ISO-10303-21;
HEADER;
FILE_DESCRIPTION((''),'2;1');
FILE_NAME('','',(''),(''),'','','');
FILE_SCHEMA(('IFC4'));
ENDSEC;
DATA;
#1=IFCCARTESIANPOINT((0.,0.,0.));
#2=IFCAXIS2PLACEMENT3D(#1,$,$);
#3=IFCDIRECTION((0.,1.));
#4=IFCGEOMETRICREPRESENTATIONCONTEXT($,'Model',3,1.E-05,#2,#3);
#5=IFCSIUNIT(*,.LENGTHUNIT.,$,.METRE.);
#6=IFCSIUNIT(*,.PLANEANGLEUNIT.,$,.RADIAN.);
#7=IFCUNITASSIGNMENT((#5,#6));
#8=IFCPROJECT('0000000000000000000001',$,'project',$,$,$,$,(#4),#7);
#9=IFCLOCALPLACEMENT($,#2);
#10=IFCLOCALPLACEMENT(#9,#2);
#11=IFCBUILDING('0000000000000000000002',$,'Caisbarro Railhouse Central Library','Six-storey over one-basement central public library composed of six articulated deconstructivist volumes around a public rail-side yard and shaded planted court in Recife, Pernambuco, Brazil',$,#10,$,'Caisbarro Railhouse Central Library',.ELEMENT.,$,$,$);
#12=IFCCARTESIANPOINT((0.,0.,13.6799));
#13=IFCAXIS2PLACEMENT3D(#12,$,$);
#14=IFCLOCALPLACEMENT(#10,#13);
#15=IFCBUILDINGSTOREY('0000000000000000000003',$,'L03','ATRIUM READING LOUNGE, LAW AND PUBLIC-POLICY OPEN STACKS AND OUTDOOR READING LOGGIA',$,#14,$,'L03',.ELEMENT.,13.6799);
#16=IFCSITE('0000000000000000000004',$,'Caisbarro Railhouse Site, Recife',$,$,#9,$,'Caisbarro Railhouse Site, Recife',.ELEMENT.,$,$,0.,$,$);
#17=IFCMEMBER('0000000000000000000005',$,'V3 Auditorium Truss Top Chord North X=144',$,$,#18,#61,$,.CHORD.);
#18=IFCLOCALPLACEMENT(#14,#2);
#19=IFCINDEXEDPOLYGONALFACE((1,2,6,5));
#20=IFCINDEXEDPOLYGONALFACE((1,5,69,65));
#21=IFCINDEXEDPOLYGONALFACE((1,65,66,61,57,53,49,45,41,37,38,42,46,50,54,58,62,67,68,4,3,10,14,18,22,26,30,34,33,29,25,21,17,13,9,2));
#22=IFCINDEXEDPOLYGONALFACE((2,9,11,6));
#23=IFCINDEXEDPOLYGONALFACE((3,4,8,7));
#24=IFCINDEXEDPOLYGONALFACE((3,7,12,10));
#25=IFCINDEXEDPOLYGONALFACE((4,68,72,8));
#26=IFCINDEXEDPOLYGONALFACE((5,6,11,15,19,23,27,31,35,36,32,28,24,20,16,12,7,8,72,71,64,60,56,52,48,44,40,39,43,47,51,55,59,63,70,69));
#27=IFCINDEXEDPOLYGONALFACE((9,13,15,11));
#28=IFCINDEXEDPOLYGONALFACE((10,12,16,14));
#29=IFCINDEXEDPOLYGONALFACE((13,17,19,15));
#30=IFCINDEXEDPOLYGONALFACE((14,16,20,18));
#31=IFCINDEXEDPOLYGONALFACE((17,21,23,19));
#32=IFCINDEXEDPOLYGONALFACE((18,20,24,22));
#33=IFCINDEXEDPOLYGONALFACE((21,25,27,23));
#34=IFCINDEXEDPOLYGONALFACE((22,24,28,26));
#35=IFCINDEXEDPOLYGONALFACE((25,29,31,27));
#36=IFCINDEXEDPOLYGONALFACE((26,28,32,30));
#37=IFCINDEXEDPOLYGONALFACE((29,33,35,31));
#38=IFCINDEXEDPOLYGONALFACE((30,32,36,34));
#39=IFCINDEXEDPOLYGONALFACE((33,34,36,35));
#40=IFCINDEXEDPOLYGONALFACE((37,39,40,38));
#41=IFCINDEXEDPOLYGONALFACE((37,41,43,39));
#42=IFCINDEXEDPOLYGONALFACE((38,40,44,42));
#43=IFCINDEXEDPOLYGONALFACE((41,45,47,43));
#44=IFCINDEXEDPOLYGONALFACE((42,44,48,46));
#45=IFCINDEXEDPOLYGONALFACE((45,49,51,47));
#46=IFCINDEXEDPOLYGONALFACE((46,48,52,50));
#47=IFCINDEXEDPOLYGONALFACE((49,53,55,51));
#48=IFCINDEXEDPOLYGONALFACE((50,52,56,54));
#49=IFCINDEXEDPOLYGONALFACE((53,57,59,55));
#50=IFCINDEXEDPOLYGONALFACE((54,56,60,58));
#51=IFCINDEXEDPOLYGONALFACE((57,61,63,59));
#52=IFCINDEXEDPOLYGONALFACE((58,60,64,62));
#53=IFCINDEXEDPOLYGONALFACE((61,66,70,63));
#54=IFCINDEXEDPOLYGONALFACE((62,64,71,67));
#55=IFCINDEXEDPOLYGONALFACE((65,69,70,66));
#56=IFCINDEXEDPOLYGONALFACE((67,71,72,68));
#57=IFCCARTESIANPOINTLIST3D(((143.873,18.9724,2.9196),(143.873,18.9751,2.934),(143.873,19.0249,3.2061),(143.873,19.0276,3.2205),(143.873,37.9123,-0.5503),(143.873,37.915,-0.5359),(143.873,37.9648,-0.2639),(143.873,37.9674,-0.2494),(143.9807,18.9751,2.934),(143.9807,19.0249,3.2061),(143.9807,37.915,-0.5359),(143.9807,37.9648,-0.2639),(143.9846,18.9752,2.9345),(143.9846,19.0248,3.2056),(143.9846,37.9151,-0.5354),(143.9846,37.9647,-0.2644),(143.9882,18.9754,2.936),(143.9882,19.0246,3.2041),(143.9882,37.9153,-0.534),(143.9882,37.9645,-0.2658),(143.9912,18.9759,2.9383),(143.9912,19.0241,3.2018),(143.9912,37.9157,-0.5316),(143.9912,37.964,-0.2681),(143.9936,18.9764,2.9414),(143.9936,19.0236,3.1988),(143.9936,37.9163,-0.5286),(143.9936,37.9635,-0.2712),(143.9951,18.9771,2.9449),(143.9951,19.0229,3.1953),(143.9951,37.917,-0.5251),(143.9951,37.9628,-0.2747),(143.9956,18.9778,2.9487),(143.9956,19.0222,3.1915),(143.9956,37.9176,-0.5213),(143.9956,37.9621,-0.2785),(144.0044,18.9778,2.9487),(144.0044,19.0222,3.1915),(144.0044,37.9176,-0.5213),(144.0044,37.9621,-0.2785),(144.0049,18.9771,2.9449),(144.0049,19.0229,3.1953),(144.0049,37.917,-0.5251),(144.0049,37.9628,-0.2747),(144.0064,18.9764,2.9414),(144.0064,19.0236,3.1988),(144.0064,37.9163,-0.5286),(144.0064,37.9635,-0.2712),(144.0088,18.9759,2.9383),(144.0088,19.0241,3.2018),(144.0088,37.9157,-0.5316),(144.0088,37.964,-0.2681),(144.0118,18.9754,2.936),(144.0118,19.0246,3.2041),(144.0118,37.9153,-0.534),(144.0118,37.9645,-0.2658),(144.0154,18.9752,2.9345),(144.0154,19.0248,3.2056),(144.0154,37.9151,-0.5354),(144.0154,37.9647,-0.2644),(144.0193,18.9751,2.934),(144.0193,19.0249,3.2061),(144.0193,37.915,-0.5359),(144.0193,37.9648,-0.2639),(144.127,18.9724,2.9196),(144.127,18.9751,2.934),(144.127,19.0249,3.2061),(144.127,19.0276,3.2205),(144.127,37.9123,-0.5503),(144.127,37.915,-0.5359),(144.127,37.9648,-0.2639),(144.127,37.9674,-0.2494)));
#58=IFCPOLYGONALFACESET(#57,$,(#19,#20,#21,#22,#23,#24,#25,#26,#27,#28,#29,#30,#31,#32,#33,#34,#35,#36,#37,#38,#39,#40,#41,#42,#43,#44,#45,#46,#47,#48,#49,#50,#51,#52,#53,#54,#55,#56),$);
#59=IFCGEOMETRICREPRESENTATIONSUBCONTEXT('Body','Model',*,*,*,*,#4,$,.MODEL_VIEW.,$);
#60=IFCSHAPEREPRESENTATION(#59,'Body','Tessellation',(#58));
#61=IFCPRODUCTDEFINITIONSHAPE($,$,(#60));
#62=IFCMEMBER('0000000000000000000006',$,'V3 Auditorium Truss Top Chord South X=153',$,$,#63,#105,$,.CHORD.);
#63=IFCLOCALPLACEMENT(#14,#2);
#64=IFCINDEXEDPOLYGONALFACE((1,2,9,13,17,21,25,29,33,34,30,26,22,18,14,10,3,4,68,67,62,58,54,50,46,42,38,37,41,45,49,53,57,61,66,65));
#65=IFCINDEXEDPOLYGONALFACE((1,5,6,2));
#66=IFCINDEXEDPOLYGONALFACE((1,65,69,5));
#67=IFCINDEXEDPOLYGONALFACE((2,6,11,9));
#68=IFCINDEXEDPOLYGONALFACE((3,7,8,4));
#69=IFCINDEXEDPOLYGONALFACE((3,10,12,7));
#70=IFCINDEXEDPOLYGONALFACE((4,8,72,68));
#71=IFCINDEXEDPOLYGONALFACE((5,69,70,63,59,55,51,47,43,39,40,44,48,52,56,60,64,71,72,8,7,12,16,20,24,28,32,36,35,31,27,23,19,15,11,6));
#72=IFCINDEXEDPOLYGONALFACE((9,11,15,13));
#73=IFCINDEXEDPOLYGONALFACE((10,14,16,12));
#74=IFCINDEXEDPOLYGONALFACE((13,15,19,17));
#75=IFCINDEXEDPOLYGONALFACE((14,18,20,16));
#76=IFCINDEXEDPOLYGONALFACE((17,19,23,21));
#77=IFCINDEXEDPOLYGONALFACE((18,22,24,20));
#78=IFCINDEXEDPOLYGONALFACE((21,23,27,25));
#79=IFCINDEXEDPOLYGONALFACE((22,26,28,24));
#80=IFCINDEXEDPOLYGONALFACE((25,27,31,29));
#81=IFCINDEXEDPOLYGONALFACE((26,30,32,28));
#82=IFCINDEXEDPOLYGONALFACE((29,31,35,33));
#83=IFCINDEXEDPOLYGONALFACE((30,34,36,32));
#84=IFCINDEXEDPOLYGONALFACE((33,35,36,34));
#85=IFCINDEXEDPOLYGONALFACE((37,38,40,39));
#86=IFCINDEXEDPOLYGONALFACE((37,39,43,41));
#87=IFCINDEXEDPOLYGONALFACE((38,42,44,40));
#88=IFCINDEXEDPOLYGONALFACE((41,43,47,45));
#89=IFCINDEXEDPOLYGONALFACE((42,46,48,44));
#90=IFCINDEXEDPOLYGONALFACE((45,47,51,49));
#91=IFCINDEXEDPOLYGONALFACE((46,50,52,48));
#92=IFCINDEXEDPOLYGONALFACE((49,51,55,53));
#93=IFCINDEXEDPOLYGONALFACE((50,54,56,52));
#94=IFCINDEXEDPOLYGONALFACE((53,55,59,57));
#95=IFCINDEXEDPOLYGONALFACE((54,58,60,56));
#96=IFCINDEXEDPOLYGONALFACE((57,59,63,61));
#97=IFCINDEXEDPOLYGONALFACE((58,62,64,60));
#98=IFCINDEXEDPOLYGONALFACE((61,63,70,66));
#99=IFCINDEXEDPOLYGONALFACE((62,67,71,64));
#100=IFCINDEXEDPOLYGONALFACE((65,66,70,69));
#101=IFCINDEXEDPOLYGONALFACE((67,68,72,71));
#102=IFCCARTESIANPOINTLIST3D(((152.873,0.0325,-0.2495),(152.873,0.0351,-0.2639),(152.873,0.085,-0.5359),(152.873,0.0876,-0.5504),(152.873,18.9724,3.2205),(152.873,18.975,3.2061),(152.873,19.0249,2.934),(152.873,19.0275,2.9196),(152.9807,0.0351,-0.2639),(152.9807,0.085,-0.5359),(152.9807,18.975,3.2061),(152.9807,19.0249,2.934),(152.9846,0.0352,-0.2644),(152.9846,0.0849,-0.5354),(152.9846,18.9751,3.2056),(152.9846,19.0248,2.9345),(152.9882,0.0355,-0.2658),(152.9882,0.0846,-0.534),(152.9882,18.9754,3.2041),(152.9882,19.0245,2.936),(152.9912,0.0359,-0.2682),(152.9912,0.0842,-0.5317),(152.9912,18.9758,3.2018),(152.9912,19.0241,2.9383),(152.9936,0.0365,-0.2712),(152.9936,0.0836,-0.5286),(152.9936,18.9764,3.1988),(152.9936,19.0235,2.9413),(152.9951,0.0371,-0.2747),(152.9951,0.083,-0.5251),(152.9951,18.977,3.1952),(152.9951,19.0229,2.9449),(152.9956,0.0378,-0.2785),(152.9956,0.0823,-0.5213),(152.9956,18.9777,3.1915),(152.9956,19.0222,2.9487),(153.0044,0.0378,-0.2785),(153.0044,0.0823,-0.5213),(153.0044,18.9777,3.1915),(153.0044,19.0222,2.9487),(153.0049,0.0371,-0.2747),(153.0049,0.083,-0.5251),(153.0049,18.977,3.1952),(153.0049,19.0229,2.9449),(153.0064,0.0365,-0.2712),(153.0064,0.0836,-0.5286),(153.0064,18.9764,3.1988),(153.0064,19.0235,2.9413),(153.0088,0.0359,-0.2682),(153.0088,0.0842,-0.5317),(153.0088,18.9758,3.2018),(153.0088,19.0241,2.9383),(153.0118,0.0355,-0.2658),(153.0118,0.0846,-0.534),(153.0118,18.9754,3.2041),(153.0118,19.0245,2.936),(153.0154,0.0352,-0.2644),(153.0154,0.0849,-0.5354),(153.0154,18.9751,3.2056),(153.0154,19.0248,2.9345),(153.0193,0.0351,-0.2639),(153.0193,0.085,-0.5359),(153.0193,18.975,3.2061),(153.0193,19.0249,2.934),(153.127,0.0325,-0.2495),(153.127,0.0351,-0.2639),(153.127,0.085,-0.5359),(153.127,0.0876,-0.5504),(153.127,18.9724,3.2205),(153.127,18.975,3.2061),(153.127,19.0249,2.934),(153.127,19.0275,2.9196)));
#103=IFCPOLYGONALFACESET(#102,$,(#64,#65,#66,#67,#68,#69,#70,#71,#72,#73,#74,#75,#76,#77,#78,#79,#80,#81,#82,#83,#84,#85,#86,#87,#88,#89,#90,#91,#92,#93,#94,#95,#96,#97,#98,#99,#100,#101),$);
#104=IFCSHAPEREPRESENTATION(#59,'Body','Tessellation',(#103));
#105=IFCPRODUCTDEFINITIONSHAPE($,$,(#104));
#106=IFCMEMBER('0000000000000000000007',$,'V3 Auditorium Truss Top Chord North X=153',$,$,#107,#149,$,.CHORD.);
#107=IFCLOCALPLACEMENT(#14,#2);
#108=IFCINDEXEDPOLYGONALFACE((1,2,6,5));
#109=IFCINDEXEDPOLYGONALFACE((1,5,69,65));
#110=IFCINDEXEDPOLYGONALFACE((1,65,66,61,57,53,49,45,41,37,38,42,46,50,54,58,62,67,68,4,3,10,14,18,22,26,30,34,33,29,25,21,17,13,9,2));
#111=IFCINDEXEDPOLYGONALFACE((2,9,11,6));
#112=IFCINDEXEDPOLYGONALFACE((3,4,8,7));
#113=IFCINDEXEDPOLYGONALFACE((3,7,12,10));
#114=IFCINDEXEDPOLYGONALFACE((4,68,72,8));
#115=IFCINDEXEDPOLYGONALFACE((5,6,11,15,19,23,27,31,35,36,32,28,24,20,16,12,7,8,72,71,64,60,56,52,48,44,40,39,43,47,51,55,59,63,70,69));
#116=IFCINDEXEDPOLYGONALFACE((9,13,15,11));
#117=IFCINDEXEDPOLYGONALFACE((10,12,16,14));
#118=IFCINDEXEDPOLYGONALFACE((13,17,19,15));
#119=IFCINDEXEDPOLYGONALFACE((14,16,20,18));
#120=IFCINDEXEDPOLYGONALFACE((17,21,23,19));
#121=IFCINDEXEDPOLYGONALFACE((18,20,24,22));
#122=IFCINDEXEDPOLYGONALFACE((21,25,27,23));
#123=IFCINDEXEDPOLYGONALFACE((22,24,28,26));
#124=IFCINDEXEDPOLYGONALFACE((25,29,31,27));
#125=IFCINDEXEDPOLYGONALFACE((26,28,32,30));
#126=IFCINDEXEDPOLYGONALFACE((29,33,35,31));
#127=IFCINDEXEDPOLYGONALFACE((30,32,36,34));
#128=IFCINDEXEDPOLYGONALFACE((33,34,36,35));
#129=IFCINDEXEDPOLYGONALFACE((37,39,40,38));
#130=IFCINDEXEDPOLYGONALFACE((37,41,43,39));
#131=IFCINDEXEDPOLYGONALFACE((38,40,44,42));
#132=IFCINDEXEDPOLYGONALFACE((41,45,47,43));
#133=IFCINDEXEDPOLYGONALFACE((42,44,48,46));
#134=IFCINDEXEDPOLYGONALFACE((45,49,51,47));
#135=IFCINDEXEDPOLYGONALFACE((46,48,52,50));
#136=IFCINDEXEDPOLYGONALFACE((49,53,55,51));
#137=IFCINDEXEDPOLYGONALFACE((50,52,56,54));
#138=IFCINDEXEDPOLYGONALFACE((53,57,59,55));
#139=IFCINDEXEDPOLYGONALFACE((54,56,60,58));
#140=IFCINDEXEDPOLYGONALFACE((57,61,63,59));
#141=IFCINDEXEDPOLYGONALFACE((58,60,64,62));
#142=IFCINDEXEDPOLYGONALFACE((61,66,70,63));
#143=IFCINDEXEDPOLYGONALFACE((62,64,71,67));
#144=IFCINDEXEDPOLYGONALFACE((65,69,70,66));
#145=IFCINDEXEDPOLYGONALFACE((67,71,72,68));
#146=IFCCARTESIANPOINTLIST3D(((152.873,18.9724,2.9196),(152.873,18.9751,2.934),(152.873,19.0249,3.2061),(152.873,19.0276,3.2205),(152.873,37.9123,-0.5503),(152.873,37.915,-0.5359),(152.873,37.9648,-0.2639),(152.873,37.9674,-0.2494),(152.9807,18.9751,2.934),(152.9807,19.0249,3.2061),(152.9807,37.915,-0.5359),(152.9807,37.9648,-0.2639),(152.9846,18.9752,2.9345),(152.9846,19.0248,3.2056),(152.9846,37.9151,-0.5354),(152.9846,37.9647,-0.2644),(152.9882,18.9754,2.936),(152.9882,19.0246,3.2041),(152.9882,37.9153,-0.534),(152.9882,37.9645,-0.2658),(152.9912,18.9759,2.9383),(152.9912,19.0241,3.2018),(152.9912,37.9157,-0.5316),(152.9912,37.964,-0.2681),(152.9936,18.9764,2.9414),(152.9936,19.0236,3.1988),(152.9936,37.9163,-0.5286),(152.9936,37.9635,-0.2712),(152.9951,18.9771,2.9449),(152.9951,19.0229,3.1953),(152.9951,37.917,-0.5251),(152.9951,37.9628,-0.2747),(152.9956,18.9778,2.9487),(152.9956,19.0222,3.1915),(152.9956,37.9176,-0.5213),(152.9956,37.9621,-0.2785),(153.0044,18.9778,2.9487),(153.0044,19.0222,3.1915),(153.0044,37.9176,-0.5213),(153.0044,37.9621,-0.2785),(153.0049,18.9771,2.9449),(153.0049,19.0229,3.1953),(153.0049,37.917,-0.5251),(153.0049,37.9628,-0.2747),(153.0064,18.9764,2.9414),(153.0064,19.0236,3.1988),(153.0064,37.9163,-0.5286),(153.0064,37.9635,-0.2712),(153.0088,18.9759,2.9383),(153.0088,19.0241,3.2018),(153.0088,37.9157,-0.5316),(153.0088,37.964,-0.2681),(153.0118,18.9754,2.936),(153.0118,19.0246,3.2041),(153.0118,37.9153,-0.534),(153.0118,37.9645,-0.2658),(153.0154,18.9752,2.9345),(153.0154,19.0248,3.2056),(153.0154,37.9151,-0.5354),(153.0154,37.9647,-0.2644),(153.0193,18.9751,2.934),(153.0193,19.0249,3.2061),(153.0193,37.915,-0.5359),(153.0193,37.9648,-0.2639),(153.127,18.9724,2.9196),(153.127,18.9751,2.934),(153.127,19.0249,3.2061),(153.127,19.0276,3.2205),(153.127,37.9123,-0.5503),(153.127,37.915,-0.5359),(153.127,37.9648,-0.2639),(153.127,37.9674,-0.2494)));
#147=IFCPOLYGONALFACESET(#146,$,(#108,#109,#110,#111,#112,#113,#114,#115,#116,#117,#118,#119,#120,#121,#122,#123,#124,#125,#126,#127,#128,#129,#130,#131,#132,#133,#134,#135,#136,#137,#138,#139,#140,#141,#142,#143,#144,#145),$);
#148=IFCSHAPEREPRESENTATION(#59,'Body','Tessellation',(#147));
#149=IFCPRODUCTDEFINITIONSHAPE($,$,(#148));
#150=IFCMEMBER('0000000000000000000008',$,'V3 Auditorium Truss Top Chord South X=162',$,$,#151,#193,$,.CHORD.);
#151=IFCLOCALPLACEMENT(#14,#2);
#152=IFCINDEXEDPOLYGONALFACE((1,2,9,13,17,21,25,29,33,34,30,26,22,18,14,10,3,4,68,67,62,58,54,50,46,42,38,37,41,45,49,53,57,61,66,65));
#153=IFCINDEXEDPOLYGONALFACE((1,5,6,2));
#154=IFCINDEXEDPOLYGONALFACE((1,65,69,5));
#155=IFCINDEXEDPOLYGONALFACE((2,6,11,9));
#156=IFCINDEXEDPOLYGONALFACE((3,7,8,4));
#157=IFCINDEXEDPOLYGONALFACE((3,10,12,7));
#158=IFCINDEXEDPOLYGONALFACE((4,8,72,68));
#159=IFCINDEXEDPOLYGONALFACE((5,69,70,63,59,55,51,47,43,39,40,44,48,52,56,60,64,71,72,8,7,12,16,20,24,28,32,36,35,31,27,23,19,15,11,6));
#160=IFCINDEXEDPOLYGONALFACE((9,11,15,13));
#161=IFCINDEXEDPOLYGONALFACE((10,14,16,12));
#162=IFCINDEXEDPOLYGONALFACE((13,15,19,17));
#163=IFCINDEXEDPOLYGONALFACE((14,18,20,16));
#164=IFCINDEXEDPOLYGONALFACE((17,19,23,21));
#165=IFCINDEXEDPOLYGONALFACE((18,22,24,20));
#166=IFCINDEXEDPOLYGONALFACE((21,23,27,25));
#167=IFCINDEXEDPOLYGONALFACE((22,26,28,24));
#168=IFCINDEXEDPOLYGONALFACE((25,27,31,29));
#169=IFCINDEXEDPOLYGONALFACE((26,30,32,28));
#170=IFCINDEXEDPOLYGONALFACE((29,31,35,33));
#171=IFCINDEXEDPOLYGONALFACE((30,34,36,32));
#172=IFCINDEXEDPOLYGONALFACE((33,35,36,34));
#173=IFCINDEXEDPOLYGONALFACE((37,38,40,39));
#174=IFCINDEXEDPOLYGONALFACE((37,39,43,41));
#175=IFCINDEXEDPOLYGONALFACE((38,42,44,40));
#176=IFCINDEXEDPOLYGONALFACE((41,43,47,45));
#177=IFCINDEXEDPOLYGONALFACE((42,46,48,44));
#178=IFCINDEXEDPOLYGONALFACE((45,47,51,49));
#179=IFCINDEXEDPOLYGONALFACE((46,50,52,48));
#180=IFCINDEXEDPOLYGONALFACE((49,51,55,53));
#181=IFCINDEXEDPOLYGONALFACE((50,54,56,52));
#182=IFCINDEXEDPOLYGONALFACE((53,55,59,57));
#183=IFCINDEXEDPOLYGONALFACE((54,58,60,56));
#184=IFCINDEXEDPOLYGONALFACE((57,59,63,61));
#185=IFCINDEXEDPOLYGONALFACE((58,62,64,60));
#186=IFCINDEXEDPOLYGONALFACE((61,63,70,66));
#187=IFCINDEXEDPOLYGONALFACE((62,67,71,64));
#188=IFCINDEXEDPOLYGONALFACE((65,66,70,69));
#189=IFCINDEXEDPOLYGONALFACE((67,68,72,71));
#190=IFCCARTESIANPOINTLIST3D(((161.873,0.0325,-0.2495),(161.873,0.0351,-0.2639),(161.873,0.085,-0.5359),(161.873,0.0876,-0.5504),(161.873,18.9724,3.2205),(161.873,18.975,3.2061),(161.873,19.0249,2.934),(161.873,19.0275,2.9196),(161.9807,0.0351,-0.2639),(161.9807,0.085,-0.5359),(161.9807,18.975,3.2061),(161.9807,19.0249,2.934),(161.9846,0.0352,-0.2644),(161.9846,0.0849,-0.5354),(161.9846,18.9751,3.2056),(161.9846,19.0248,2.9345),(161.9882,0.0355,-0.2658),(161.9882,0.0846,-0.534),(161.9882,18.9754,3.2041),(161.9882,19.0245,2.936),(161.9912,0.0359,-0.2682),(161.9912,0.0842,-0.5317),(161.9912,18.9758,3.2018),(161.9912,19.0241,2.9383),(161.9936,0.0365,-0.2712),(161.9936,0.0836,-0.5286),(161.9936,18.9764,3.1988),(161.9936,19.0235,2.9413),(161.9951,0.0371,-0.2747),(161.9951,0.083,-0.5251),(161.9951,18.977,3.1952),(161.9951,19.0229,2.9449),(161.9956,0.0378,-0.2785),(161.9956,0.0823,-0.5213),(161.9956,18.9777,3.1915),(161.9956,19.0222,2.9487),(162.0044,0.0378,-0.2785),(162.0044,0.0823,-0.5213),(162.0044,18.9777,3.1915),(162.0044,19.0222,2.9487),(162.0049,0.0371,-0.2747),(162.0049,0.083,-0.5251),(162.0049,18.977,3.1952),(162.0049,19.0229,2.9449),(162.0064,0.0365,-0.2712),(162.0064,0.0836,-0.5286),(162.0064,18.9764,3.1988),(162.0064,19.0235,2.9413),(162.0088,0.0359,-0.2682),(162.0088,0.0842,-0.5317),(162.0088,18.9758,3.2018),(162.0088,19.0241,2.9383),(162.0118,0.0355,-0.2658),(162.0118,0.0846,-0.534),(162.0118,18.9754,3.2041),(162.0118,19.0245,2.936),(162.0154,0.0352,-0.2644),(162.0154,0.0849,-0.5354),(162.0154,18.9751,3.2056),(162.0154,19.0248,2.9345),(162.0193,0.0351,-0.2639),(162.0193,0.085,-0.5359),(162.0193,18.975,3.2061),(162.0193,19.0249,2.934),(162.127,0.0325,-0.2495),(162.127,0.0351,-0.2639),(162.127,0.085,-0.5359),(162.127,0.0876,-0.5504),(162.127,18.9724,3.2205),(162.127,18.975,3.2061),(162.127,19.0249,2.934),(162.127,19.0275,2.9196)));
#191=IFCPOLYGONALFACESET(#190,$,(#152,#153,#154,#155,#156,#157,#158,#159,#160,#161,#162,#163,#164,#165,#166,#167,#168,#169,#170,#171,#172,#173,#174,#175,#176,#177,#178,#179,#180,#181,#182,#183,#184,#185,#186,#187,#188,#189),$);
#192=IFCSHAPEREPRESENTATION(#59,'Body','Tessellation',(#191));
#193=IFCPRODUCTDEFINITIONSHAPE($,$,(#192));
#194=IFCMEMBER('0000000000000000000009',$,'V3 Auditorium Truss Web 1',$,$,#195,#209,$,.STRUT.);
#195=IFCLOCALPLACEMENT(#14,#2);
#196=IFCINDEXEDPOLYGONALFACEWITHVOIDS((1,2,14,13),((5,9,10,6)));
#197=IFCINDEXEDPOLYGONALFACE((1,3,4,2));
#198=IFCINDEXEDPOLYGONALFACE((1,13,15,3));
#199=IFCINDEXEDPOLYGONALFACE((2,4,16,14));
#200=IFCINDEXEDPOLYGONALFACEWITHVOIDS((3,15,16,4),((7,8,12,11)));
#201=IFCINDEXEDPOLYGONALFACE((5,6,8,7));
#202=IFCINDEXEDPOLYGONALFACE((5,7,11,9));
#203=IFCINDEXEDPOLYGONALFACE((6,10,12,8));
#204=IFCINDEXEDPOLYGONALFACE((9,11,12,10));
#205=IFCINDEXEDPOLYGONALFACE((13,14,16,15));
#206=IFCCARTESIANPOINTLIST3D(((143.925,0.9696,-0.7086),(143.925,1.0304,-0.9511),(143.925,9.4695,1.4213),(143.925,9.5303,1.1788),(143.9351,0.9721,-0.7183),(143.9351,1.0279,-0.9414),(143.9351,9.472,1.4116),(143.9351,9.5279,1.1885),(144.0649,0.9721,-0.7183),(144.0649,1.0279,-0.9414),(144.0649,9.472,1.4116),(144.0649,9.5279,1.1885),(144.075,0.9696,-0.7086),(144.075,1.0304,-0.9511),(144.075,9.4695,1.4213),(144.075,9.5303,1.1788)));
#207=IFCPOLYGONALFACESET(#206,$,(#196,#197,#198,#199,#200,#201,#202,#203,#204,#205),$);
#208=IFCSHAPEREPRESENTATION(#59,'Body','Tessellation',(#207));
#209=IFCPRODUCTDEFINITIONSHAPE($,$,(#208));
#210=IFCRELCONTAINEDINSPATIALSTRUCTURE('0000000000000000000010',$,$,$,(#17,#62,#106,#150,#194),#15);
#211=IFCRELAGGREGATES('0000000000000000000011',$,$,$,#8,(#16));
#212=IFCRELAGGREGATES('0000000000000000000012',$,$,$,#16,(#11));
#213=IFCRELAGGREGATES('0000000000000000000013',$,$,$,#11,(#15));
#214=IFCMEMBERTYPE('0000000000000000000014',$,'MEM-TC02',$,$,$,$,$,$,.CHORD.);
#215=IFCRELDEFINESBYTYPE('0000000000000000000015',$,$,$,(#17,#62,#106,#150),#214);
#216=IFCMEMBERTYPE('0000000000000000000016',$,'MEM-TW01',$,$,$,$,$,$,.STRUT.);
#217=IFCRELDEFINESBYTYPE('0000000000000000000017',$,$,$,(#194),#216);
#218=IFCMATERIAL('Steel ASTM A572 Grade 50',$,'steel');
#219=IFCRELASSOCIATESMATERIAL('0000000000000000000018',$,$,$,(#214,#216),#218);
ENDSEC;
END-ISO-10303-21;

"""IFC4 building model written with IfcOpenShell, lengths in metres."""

from ifc_helpers import new_model, si_unit, direction, frame, origin, origin_2d, place, context, subcontext, project, spatial, hollow_rectangle, i_section, extrude, material, material_profile, profile_set, type_object, element, save


model = new_model("IFC4")

# Units and contexts
model_context = context("Model", 3, precision=1e-05, world=origin(), true_north=direction((0.0, 1.0)))
body_context = subcontext(model_context, "Body", "Model", "MODEL_VIEW")
ifc_project = project(units=[si_unit("LENGTHUNIT", "METRE"), si_unit("PLANEANGLEUNIT", "RADIAN")], contexts=[model_context])

# Site, building, storey
site_placement = place(None, origin())
site = spatial("IfcSite", under=ifc_project, at=site_placement, Name="Caisbarro Railhouse Site, Recife", LongName="Caisbarro Railhouse Site, Recife", CompositionType="ELEMENT", RefElevation=0.0)
building_placement = place(site_placement, origin())
building = spatial("IfcBuilding", under=site, at=building_placement, Name="Caisbarro Railhouse Central Library", Description="Six-storey over one-basement central public library composed of six articulated deconstructivist volumes around a public rail-side yard and shaded planted court in Recife, Pernambuco, Brazil", LongName="Caisbarro Railhouse Central Library", CompositionType="ELEMENT")
storey_placement = place(building_placement, frame((0.0, 0.0, 13.6799)))
storey = spatial("IfcBuildingStorey", under=building, at=storey_placement, Name="L03", Description="ATRIUM READING LOUNGE, LAW AND PUBLIC-POLICY OPEN STACKS AND OUTDOOR READING LOGGIA", LongName="L03", CompositionType="ELEMENT", Elevation=13.6799)

# Members
ifc_material_1 = material(Name="Steel ASTM A572 Grade 50", Category="steel")
ifc_material_profile_1 = material_profile(ifc_material_1, i_section(OverallWidth=0.2539, OverallDepth=0.3059, WebThickness=0.0088, FlangeThickness=0.0146, FilletRadius=0.0149, at=origin_2d()), Name="W310X79.0")
ifc_profile_set_1 = profile_set([ifc_material_profile_1], Name="Steel ASTM A572 Grade 50")
member_type_1 = type_object("IfcMemberType", Name="MEM-TC02", PredefinedType="CHORD", material=ifc_profile_set_1)
for number, where, z_axis, x_axis, name in (
    (1, (144.0, 19.0, 3.0701), (0.0, 0.983628, -0.18021), (-1.0, 0.0, 0.0), "V3 Auditorium Truss Top Chord North X=144"),
    (2, (153.0, 0.0601, -0.3999), (0.0, 0.983628, 0.18021), (-1.0, 0.0, 0.0), "V3 Auditorium Truss Top Chord South X=153"),
    (3, (153.0, 19.0, 3.0701), (0.0, 0.983628, -0.18021), (-1.0, 0.0, 0.0), "V3 Auditorium Truss Top Chord North X=153"),
    (4, (162.0, 0.0601, -0.3999), (0.0, 0.983628, 0.18021), (-1.0, 0.0, 0.0), "V3 Auditorium Truss Top Chord South X=162"),
):
    element("IfcMember", number, at=place(storey_placement, frame(where, z_axis=z_axis, x_axis=x_axis)), inside=storey, type_object=member_type_1, Name=name, PredefinedType="CHORD", context=body_context, shape_type="SweptSolid", body=[
        extrude(i_section(OverallWidth=0.2539, OverallDepth=0.3059, WebThickness=0.0088, FlangeThickness=0.0146, FilletRadius=0.0149, at=origin_2d()), origin(), (0.0, 0.0, 1.0), 19.2551),
    ])
ifc_material_profile_2 = material_profile(ifc_material_1, hollow_rectangle(XDim=0.1499, YDim=0.25, WallThickness=0.01, at=origin_2d()), Name="HSS250X150X10")
ifc_profile_set_2 = profile_set([ifc_material_profile_2], Name="Steel ASTM A572 Grade 50")
member_type_2 = type_object("IfcMemberType", Name="MEM-TW01", PredefinedType="STRUT", material=ifc_profile_set_2)
member_1_placement = place(storey_placement, frame((144.0, 1.0, -0.8298), z_axis=(0.0, 0.970011, 0.24306), x_axis=(-1.0, 0.0, 0.0)))
element("IfcMember", 5, at=member_1_placement, inside=storey, type_object=member_type_2, Name="V3 Auditorium Truss Web 1", PredefinedType="STRUT", context=body_context, shape_type="SweptSolid", body=[
    extrude(hollow_rectangle(XDim=0.1499, YDim=0.25, WallThickness=0.01, at=origin_2d()), origin(), (0.0, 0.0, 1.0), 8.7627),
])

save(model, "model.ifc")
